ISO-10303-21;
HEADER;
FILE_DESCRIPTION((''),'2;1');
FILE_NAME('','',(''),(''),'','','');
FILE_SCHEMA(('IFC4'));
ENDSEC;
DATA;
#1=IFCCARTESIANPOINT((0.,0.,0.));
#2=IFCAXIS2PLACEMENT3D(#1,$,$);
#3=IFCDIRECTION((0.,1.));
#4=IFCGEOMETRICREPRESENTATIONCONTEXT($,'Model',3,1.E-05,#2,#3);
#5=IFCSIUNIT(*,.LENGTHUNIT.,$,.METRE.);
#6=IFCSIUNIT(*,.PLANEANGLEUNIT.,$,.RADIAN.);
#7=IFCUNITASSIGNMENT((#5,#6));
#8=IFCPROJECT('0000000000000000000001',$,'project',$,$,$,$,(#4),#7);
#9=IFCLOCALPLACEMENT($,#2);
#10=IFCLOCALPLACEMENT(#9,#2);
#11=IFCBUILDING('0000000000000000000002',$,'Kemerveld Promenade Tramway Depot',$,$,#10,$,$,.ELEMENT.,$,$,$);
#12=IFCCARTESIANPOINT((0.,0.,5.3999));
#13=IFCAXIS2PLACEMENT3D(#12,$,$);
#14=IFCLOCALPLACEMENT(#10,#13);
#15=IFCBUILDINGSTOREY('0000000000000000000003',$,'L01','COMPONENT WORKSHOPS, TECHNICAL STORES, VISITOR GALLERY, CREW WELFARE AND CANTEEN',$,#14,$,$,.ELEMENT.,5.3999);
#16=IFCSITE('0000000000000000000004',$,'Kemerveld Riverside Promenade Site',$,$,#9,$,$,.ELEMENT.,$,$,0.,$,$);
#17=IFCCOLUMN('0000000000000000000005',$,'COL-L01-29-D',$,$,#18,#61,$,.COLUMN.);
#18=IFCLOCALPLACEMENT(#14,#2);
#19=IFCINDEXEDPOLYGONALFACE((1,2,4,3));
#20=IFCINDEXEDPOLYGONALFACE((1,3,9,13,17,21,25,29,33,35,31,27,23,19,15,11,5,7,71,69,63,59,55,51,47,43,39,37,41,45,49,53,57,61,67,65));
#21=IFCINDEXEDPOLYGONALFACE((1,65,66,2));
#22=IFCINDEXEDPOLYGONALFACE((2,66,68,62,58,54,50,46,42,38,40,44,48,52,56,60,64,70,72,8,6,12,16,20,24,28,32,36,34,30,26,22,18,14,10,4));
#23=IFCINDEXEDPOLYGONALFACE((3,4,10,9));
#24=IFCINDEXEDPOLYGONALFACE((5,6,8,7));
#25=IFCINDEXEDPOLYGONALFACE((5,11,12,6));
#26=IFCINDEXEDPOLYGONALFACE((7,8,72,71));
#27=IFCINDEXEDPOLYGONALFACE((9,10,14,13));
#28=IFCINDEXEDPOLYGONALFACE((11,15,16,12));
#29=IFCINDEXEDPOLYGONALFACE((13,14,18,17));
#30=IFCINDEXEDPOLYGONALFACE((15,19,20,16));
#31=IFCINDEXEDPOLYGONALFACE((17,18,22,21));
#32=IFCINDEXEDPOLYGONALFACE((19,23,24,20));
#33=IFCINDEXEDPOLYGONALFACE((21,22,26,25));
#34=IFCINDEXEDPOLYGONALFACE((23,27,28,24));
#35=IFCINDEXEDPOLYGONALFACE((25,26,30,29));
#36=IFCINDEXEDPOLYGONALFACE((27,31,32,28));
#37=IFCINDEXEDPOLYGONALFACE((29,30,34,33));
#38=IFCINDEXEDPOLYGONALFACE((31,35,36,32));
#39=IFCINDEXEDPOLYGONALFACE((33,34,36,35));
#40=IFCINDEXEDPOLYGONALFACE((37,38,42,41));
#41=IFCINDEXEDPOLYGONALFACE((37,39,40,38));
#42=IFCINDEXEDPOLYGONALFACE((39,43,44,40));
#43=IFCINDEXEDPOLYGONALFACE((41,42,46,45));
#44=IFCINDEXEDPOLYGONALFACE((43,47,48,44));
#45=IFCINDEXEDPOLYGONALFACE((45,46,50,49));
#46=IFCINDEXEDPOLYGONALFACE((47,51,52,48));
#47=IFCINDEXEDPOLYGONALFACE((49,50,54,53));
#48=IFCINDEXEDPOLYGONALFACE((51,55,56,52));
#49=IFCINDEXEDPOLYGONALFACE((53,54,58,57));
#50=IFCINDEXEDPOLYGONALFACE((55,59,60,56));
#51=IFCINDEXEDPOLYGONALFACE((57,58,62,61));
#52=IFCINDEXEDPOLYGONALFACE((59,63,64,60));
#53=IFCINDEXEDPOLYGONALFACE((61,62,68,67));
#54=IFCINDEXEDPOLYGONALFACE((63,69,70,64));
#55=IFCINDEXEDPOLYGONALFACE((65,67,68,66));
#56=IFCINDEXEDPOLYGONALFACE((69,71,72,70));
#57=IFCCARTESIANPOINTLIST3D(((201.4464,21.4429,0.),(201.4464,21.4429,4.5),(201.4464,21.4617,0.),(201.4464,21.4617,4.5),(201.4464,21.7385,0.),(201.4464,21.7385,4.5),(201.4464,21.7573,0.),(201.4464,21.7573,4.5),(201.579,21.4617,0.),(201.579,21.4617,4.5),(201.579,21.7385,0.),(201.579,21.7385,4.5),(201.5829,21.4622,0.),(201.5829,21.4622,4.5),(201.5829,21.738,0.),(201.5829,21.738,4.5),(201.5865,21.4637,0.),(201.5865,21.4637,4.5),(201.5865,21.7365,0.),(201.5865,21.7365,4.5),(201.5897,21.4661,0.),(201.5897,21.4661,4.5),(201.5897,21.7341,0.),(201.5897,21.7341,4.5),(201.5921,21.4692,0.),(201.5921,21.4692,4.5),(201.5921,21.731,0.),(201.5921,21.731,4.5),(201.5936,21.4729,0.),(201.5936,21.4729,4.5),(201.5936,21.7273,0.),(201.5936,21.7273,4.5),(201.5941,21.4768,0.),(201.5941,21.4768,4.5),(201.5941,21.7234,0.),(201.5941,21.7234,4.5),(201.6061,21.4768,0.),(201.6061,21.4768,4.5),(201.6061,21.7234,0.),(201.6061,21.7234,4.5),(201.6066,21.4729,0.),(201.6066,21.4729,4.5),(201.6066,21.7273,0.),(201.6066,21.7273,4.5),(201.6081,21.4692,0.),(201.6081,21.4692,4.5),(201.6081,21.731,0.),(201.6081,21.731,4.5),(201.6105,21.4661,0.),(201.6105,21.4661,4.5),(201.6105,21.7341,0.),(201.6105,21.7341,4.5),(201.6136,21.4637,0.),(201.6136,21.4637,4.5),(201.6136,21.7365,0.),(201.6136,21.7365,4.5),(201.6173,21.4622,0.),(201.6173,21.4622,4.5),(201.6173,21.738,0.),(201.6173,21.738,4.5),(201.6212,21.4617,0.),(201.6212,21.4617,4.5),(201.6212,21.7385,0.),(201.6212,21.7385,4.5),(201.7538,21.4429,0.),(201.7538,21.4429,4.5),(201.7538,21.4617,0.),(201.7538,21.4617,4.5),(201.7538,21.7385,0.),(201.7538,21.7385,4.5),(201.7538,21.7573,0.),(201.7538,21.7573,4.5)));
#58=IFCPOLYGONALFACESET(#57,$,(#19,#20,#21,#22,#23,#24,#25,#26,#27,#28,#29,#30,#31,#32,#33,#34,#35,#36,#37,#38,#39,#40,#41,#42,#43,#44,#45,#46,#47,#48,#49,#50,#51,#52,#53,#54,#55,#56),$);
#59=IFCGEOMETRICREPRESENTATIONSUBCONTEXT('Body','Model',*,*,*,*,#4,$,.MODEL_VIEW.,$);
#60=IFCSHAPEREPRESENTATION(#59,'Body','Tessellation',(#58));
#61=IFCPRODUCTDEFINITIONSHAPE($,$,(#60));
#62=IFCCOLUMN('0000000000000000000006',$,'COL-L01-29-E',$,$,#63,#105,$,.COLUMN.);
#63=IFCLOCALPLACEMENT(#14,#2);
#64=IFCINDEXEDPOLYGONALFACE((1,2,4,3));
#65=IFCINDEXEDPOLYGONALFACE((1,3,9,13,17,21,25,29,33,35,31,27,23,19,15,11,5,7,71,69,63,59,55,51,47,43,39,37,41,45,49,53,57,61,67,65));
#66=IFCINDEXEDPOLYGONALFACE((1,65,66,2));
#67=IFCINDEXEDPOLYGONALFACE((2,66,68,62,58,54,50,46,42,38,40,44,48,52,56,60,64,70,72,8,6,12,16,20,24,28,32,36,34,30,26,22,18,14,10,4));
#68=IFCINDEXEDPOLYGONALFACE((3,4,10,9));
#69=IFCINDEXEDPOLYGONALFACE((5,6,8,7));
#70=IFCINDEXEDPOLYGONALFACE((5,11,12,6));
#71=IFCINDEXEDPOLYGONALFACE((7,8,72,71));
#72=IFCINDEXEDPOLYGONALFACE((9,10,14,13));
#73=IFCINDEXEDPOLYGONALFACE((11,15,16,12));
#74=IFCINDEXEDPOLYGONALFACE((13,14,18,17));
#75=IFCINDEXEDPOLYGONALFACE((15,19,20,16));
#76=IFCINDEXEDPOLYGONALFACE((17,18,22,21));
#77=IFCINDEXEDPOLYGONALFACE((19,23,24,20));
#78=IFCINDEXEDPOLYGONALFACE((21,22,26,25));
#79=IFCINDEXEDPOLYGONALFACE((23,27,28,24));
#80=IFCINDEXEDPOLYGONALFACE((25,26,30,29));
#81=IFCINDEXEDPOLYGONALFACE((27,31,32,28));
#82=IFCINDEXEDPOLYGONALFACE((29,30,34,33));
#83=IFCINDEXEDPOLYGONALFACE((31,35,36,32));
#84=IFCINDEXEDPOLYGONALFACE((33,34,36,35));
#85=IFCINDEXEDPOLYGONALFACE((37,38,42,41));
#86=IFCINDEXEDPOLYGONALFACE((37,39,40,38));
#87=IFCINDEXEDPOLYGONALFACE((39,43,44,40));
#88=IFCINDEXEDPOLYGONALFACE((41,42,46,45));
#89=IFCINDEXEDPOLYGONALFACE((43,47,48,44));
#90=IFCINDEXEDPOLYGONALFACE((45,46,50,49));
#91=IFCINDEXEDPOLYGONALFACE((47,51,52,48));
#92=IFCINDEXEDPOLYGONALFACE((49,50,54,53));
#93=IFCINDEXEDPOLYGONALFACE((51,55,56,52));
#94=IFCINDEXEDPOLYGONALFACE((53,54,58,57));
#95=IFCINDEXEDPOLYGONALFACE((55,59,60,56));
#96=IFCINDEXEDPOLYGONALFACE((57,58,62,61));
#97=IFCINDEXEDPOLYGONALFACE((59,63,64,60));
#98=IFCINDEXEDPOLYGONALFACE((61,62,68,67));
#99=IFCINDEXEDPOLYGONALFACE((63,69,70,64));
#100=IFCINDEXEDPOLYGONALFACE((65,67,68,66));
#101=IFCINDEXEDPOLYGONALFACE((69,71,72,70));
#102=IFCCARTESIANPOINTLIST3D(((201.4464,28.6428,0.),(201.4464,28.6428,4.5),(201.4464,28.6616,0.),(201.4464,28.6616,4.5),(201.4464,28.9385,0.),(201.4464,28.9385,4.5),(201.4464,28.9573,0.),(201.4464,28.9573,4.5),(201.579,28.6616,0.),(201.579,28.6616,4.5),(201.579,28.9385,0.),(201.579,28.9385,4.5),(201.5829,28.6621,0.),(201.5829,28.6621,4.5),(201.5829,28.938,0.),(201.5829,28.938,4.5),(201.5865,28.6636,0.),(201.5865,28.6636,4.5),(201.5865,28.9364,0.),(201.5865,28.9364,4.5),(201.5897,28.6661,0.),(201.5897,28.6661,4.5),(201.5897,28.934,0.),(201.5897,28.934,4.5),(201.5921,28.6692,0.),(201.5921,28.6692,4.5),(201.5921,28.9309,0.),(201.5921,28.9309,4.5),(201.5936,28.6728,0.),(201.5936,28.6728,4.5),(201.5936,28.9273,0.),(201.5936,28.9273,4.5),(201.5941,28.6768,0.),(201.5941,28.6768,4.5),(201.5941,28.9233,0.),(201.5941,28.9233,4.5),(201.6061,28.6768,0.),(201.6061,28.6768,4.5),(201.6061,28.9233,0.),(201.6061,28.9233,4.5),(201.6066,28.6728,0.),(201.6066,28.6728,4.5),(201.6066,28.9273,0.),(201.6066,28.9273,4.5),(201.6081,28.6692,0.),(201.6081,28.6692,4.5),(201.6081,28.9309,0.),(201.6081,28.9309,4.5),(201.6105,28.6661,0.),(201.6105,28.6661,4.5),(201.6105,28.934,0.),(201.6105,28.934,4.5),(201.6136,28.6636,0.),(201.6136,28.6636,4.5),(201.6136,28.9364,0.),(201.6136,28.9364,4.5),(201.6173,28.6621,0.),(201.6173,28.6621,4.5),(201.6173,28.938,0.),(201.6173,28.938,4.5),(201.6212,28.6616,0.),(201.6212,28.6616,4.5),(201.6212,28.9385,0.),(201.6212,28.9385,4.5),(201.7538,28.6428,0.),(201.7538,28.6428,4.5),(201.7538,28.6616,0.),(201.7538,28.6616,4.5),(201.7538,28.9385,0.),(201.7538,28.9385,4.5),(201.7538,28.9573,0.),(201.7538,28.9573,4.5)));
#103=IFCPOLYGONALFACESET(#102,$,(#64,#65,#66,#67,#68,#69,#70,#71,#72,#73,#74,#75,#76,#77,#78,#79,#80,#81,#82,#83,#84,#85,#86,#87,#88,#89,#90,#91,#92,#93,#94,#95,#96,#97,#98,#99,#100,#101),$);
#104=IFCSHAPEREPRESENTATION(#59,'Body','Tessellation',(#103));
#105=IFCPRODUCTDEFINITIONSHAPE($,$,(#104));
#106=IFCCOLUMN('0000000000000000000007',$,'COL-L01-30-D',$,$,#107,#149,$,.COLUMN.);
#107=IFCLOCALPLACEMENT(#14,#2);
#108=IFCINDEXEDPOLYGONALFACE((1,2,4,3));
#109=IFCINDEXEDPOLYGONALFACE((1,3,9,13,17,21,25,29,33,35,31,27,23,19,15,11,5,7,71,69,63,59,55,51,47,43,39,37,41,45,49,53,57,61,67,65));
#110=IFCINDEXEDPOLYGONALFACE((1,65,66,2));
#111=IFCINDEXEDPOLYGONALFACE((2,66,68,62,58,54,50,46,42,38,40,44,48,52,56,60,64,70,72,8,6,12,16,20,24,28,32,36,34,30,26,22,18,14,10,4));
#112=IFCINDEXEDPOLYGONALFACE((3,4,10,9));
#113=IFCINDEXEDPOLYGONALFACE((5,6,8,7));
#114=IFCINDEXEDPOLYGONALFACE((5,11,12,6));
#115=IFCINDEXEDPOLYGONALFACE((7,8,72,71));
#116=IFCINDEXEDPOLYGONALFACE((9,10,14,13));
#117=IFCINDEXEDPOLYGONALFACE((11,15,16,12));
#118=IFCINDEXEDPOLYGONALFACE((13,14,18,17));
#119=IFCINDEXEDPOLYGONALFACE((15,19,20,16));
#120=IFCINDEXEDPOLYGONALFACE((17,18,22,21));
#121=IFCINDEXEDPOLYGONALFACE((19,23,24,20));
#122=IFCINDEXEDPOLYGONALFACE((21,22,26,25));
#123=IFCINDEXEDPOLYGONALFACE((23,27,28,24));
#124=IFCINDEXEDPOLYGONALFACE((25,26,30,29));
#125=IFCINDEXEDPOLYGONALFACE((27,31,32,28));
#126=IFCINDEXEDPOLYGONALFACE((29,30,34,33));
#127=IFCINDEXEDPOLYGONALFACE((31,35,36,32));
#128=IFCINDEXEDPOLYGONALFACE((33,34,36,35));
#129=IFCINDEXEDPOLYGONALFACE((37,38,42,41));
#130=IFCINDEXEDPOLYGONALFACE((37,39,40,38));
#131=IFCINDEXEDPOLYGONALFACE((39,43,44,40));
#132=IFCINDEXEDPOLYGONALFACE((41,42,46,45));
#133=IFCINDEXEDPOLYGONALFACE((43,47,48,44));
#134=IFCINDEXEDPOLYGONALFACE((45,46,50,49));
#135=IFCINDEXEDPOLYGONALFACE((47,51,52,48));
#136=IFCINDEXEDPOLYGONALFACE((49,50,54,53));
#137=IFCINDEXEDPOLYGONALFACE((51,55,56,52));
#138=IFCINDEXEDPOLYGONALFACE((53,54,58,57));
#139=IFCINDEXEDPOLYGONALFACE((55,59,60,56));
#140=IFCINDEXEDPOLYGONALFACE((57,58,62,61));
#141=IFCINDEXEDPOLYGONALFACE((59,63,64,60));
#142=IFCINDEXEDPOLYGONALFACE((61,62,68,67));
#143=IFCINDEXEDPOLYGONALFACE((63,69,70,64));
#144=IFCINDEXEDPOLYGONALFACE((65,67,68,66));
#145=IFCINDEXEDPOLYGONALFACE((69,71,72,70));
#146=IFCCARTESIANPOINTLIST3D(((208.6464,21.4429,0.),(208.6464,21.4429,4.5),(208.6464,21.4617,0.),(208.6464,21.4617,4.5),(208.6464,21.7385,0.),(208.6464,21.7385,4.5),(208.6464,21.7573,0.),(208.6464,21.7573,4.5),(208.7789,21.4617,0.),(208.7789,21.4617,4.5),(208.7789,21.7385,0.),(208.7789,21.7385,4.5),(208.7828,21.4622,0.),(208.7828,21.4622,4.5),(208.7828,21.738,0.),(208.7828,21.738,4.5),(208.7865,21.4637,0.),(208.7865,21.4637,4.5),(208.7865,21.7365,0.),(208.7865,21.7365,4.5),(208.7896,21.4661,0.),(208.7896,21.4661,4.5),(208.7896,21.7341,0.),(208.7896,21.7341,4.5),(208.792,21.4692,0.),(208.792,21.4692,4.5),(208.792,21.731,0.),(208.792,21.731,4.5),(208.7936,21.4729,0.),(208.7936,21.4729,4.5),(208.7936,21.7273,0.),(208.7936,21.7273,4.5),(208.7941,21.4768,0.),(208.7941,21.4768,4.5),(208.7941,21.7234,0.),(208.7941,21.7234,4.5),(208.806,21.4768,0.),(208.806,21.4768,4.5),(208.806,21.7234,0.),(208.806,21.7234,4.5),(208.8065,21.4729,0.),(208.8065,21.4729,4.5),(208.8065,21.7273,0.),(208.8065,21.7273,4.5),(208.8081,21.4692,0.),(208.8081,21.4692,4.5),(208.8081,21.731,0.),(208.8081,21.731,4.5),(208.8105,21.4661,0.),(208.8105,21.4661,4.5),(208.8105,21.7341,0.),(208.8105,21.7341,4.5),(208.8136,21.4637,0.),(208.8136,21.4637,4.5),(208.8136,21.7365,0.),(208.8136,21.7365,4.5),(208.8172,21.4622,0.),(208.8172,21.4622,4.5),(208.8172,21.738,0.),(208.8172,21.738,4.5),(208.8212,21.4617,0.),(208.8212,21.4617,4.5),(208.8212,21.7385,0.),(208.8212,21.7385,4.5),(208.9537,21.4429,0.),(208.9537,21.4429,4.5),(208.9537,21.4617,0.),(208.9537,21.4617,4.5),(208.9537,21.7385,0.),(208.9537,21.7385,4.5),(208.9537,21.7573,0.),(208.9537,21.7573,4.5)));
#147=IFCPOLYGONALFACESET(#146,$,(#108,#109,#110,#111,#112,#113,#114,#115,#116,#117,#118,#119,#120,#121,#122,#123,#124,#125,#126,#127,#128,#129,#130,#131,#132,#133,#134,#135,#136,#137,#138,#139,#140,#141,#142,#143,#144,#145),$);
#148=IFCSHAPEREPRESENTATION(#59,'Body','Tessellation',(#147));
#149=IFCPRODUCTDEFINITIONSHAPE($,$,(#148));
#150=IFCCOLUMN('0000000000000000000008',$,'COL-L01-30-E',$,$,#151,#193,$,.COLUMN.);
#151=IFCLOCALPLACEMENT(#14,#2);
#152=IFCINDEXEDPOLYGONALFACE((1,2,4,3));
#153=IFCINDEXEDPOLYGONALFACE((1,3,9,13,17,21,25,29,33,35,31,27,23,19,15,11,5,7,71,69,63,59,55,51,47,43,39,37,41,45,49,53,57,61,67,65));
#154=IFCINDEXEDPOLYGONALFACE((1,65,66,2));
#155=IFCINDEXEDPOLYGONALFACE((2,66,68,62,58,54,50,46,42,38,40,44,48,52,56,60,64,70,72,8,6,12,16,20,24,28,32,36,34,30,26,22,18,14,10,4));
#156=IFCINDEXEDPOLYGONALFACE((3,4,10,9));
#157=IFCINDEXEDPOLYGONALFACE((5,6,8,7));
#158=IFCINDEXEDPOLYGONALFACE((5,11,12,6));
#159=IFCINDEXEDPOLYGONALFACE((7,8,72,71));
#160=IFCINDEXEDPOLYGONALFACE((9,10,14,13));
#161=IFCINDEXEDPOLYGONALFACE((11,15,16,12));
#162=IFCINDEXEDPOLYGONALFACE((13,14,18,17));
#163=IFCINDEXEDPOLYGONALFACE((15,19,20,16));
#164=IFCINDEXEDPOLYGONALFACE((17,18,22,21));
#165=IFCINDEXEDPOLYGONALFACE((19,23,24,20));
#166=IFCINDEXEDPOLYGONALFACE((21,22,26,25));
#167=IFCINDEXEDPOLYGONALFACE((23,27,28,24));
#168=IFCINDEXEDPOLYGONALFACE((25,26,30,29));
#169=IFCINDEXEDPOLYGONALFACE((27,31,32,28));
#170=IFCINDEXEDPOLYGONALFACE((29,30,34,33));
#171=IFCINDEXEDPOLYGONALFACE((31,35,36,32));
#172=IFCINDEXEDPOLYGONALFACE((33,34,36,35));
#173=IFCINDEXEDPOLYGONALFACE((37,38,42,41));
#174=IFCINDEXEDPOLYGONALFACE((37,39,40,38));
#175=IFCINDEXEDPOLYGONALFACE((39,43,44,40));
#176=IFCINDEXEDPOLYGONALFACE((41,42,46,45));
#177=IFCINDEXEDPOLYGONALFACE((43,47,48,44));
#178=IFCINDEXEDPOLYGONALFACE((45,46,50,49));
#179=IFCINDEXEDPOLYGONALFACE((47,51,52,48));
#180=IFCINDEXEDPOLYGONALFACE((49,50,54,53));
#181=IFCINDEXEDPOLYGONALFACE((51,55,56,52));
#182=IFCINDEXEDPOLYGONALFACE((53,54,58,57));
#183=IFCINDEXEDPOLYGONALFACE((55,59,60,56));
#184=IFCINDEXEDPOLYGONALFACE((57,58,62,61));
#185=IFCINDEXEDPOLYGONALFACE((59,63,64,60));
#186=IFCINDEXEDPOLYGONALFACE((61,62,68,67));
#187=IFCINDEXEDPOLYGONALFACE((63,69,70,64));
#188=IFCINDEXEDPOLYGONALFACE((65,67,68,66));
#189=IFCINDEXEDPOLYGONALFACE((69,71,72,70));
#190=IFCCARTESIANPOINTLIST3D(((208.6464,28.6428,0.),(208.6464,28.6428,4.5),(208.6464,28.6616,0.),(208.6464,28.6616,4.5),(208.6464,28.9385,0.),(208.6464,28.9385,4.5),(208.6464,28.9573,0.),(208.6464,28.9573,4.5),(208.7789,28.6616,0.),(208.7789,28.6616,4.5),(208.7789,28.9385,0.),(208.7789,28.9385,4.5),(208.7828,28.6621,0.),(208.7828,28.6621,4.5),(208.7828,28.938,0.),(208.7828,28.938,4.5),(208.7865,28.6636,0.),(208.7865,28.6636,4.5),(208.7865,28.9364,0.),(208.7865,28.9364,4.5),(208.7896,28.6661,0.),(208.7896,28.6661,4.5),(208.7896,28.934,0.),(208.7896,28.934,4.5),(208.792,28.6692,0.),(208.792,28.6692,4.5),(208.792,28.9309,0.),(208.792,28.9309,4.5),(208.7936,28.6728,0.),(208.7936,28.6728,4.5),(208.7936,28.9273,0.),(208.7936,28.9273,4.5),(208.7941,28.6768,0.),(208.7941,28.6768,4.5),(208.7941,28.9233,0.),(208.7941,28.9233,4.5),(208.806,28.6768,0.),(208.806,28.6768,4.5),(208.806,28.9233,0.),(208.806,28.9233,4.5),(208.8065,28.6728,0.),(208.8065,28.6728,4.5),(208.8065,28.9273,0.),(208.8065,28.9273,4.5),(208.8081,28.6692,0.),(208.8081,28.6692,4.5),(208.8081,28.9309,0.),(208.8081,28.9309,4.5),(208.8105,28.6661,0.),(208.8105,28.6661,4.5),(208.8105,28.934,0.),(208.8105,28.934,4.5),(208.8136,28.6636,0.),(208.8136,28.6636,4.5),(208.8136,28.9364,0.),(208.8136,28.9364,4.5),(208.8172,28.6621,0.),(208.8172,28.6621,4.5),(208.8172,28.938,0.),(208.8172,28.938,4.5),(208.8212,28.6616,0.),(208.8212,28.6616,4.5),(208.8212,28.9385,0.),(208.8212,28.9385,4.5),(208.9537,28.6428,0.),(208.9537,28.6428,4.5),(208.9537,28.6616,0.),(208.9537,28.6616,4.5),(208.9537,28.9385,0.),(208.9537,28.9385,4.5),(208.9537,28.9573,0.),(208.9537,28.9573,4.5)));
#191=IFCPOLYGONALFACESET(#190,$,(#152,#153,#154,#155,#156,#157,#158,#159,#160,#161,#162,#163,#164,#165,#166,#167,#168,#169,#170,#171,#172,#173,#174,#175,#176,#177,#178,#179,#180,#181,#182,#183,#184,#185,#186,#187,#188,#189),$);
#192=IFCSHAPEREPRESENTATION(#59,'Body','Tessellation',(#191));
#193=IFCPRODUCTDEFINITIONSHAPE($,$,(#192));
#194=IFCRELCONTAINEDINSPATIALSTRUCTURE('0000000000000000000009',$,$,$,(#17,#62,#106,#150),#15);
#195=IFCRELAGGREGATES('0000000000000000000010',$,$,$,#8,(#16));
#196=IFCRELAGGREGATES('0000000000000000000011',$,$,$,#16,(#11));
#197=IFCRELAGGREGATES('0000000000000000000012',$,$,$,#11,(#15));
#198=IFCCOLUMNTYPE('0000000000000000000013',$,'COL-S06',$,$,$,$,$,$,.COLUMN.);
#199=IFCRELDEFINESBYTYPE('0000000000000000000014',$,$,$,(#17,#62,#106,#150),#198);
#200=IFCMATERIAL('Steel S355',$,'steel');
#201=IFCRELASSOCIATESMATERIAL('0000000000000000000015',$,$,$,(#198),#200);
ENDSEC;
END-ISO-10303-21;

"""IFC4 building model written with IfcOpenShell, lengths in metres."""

from ifc_helpers import new_model, si_unit, direction, frame, origin, origin_2d, place, context, subcontext, project, spatial, i_section, extrude, material, material_profile, profile_set, type_object, element, save


model = new_model("IFC4")

# Units and contexts
model_context = context("Model", 3, precision=1e-05, world=origin(), true_north=direction((0.0, 1.0)))
body_context = subcontext(model_context, "Body", "Model", "MODEL_VIEW")
ifc_project = project(units=[si_unit("LENGTHUNIT", "METRE"), si_unit("PLANEANGLEUNIT", "RADIAN")], contexts=[model_context])

# Site, building, storey
site_placement = place(None, origin())
site = spatial("IfcSite", under=ifc_project, at=site_placement, Name="Kemerveld Riverside Promenade Site", CompositionType="ELEMENT", RefElevation=0.0)
building_placement = place(site_placement, origin())
building = spatial("IfcBuilding", under=site, at=building_placement, Name="Kemerveld Promenade Tramway Depot", CompositionType="ELEMENT")
storey_placement = place(building_placement, frame((0.0, 0.0, 5.3999)))
storey = spatial("IfcBuildingStorey", under=building, at=storey_placement, Name="L01", Description="COMPONENT WORKSHOPS, TECHNICAL STORES, VISITOR GALLERY, CREW WELFARE AND CANTEEN", CompositionType="ELEMENT", Elevation=5.3999)

# Columns
ifc_material_1 = material(Name="Steel S355", Category="steel")
ifc_material_profile_1 = material_profile(ifc_material_1, i_section(OverallWidth=0.3074, OverallDepth=0.3145, WebThickness=0.012, FlangeThickness=0.0188, FilletRadius=0.0151, at=origin_2d()), Name="305x305x118 UC")
ifc_profile_set_1 = profile_set([ifc_material_profile_1], Name="Steel S355")
column_type = type_object("IfcColumnType", Name="COL-S06", PredefinedType="COLUMN", material=ifc_profile_set_1)
for number, where, z_axis, x_axis, name in (
    (1, (201.6001, 21.6001, 0.0), (0.0, 0.0, 1.0), (1.0, 0.0, 0.0), "COL-L01-29-D"),
    (2, (201.6001, 28.8, 0.0), (0.0, 0.0, 1.0), (1.0, 0.0, 0.0), "COL-L01-29-E"),
    (3, (208.8, 21.6001, 0.0), (0.0, 0.0, 1.0), (1.0, 0.0, 0.0), "COL-L01-30-D"),
    (4, (208.8, 28.8, 0.0), (0.0, 0.0, 1.0), (1.0, 0.0, 0.0), "COL-L01-30-E"),
):
    element("IfcColumn", number, at=place(storey_placement, frame(where, z_axis=z_axis, x_axis=x_axis)), inside=storey, type_object=column_type, Name=name, PredefinedType="COLUMN", context=body_context, shape_type="SweptSolid", body=[
        extrude(i_section(OverallWidth=0.3074, OverallDepth=0.3145, WebThickness=0.012, FlangeThickness=0.0188, FilletRadius=0.0151, at=origin_2d()), origin(), (0.0, 0.0, 1.0), 4.5),
    ])

save(model, "model.ifc")
